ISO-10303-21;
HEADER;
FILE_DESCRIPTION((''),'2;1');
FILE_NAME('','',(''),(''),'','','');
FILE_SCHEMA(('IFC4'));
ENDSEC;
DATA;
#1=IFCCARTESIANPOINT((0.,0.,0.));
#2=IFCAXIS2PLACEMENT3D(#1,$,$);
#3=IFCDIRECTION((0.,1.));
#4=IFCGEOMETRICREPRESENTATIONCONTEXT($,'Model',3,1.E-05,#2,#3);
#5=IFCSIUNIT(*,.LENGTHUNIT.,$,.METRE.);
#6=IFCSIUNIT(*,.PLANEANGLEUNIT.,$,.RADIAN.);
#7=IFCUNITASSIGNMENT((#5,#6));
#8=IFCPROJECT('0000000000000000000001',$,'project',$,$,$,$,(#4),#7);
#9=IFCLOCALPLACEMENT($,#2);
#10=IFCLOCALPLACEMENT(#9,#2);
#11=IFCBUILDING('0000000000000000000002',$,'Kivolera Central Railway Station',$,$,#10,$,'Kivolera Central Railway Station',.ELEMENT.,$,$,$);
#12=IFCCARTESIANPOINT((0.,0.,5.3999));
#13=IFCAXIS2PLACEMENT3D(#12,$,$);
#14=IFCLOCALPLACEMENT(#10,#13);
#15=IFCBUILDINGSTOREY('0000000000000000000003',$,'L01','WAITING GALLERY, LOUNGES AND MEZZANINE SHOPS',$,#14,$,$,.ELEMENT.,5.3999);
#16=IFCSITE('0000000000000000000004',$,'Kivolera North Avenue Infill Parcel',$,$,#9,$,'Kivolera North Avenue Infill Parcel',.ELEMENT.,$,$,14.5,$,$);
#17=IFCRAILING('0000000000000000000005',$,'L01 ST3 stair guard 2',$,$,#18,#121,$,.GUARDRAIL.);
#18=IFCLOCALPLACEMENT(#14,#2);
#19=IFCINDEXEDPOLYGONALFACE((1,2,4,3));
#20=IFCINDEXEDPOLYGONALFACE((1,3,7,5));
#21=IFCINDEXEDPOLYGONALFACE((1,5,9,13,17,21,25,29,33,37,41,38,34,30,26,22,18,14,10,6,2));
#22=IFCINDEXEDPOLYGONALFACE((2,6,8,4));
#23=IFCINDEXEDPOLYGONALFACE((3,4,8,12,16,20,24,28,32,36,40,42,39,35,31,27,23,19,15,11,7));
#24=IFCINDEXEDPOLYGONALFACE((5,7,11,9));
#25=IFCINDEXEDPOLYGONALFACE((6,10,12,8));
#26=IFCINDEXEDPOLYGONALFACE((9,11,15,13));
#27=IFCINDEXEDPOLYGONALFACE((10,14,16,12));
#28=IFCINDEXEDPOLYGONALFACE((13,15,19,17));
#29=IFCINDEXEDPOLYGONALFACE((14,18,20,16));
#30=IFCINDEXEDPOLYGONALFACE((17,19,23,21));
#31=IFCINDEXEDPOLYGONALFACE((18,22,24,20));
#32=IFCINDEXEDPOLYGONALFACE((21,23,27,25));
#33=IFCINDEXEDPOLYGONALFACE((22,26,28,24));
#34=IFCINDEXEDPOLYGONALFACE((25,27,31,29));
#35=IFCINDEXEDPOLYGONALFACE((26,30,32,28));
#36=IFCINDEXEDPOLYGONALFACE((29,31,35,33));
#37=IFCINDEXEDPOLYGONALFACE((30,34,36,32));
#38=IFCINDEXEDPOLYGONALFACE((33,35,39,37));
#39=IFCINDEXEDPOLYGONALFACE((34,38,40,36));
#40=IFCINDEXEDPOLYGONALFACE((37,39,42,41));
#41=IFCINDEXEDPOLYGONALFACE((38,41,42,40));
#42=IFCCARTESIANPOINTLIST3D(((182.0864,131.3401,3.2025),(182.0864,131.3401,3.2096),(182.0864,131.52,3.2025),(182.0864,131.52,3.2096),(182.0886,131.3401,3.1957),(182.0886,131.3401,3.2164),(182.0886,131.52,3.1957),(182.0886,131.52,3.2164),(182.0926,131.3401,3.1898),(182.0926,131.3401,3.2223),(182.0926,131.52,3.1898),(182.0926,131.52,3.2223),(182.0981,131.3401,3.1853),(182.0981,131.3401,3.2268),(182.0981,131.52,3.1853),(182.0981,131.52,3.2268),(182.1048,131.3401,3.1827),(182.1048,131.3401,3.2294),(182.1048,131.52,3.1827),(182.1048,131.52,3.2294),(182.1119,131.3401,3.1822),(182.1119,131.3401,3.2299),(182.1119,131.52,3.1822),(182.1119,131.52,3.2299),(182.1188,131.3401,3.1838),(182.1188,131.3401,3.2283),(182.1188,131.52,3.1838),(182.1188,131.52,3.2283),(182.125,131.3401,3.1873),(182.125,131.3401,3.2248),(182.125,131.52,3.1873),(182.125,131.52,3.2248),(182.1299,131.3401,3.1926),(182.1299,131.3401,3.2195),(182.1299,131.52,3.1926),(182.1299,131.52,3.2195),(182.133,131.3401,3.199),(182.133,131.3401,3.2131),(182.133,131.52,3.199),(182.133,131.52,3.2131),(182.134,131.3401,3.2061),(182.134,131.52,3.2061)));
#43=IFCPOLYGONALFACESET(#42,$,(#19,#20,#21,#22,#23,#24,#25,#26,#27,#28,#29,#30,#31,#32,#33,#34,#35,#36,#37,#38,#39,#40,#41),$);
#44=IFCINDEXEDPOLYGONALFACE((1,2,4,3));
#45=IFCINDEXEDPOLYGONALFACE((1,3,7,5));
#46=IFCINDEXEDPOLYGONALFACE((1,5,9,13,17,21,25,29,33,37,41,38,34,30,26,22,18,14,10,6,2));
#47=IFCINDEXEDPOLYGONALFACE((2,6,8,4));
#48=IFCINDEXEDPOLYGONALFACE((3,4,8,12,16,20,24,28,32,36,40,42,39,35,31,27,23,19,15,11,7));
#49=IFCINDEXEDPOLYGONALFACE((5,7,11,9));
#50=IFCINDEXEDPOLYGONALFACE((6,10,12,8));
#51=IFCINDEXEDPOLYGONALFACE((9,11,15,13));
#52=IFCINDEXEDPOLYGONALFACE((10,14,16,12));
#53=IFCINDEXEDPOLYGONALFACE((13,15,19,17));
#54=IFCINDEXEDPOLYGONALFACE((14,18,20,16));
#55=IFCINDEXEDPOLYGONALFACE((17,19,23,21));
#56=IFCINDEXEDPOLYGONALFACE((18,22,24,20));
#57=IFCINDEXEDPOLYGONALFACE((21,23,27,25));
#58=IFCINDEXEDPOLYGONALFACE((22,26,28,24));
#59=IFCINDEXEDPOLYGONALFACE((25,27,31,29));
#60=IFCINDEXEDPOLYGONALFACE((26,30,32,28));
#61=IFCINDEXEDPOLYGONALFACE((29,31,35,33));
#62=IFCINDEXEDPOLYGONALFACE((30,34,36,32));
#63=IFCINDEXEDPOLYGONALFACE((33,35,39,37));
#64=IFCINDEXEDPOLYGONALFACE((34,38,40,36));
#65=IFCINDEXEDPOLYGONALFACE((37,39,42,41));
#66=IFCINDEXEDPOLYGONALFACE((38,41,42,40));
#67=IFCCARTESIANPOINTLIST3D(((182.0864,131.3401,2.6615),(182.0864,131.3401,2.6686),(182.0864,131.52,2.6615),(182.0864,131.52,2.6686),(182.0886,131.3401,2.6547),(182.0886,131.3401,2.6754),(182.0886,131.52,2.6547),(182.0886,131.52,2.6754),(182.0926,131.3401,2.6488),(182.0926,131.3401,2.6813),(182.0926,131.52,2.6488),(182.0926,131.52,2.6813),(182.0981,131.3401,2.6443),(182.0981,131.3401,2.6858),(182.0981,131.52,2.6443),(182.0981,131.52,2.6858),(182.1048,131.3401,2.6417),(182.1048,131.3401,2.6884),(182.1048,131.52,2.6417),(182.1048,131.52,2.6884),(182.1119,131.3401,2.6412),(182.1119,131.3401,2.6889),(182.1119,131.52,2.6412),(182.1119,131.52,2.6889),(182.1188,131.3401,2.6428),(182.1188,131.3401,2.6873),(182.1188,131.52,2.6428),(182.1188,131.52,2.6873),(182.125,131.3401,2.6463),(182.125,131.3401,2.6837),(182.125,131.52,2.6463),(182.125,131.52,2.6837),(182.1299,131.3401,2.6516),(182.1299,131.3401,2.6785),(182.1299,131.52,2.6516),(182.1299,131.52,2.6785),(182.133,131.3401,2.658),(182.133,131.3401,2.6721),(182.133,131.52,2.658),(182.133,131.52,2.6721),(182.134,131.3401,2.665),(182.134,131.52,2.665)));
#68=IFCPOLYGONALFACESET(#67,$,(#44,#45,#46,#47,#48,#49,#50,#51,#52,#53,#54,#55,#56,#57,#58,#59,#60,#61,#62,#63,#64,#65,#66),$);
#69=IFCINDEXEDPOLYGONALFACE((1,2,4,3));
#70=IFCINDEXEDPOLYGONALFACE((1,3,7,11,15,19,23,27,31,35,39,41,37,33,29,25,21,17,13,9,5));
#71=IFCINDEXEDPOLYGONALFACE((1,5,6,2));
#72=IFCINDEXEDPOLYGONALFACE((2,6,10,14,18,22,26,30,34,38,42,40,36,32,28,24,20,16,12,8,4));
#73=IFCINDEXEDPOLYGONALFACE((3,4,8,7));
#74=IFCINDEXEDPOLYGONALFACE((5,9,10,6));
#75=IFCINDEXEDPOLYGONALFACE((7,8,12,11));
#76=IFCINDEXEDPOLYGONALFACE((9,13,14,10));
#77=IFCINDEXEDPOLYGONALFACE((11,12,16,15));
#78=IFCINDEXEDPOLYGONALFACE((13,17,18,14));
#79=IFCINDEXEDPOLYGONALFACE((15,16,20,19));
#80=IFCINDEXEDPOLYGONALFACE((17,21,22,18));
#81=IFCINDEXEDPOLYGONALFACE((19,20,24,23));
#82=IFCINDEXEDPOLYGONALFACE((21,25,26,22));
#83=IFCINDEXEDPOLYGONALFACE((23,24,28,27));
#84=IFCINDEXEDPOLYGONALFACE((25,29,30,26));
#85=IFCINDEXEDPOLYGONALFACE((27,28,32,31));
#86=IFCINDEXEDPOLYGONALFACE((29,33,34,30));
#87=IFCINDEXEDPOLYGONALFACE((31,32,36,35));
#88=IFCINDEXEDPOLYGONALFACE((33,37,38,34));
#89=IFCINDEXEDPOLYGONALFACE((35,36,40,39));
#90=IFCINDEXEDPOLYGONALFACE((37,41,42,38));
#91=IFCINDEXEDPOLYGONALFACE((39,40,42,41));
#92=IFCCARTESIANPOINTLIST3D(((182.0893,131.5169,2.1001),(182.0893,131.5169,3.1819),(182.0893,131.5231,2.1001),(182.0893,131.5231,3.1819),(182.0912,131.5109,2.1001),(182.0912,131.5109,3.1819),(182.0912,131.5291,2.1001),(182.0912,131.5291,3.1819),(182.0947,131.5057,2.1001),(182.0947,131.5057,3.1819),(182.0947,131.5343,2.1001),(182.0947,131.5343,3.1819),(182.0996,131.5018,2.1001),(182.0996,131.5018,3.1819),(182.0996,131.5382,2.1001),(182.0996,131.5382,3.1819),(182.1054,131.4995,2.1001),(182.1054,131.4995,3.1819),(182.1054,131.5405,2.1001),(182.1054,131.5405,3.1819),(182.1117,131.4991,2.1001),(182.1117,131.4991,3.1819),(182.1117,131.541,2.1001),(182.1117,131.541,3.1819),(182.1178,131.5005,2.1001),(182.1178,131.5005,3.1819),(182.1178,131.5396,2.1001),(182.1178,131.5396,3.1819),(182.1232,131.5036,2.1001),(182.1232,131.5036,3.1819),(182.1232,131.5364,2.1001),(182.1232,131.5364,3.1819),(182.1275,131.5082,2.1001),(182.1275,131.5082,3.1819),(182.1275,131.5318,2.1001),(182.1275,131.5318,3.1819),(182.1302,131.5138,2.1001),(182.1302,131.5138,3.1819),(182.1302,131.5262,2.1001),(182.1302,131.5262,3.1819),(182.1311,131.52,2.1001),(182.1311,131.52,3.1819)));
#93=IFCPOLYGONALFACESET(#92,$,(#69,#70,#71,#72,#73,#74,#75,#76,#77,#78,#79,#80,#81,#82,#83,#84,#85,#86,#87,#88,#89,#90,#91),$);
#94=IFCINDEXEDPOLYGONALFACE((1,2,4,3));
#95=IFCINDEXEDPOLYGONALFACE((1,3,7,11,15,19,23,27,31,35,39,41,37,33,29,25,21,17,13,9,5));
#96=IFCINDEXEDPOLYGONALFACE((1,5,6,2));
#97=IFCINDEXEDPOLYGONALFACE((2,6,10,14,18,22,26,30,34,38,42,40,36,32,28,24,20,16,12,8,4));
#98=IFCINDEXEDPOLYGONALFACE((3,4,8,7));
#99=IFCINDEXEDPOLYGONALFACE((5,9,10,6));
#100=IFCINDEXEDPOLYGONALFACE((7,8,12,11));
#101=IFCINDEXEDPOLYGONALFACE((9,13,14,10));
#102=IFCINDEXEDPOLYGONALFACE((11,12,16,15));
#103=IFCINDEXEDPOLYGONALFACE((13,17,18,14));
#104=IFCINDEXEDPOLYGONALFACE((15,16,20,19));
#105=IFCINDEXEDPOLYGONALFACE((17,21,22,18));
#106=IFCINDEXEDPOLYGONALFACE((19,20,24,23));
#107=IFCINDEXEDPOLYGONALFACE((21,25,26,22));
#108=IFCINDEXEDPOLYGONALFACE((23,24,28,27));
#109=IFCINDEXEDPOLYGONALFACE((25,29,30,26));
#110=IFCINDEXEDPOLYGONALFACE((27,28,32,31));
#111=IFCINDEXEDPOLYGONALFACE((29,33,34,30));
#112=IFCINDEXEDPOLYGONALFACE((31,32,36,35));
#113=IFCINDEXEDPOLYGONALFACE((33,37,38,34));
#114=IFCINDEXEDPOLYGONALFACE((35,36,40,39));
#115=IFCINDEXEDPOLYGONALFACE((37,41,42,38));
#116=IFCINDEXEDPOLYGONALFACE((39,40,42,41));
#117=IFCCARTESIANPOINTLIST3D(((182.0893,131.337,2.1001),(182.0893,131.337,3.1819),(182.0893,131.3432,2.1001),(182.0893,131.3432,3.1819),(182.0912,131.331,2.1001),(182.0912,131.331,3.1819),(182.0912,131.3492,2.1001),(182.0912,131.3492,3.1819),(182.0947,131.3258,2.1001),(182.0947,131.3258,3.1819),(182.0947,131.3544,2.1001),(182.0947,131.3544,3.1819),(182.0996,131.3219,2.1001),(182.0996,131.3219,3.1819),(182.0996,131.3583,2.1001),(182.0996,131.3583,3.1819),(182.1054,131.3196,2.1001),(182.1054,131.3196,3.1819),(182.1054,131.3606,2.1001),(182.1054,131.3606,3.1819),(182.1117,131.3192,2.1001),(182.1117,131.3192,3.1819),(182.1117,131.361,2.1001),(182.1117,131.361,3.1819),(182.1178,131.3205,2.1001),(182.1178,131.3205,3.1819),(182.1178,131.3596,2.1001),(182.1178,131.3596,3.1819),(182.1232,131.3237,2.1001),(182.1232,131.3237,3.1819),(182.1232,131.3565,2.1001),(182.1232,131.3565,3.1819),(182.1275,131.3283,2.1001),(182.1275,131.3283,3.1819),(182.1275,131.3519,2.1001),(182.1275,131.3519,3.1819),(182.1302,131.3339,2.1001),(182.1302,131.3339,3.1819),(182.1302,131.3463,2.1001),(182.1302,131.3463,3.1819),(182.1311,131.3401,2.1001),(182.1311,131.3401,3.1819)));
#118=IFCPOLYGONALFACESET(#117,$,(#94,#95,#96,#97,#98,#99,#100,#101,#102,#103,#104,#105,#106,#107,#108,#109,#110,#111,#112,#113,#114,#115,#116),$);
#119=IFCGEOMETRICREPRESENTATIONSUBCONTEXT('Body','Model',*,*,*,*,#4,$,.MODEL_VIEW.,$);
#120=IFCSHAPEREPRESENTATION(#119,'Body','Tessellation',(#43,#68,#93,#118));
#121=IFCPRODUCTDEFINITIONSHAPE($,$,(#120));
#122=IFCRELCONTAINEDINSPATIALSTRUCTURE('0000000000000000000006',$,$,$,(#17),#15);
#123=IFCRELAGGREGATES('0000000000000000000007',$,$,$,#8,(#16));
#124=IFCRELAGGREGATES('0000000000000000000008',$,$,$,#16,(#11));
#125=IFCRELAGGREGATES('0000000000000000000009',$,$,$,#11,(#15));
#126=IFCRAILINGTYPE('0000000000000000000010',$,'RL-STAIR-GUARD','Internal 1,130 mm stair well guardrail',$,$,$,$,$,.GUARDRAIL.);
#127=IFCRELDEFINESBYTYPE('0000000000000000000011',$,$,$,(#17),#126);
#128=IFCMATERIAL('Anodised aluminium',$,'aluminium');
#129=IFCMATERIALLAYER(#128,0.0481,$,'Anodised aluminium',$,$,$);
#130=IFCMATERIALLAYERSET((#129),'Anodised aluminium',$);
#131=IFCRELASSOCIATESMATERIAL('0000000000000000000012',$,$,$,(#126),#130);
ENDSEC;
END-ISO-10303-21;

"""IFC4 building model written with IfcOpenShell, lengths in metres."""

from ifc_helpers import new_model, si_unit, direction, frame, origin, origin_2d, place, context, subcontext, project, spatial, circle, extrude, material, layer, layer_set, type_object, element, save


model = new_model("IFC4")

# Units and contexts
model_context = context("Model", 3, precision=1e-05, world=origin(), true_north=direction((0.0, 1.0)))
body_context = subcontext(model_context, "Body", "Model", "MODEL_VIEW")
ifc_project = project(units=[si_unit("LENGTHUNIT", "METRE"), si_unit("PLANEANGLEUNIT", "RADIAN")], contexts=[model_context])

# Site, building, storey
site_placement = place(None, origin())
site = spatial("IfcSite", under=ifc_project, at=site_placement, Name="Kivolera North Avenue Infill Parcel", LongName="Kivolera North Avenue Infill Parcel", CompositionType="ELEMENT", RefElevation=14.5)
building_placement = place(site_placement, origin())
building = spatial("IfcBuilding", under=site, at=building_placement, Name="Kivolera Central Railway Station", LongName="Kivolera Central Railway Station", CompositionType="ELEMENT")
storey_placement = place(building_placement, frame((0.0, 0.0, 5.3999)))
storey = spatial("IfcBuildingStorey", under=building, at=storey_placement, Name="L01", Description="WAITING GALLERY, LOUNGES AND MEZZANINE SHOPS", CompositionType="ELEMENT", Elevation=5.3999)

# Shared definitions
ifc_material_1 = material(Name="Anodised aluminium", Category="aluminium")

# Railing
ifc_layer_1 = layer(ifc_material_1, 0.0481, Name="Anodised aluminium")
ifc_layer_set_1 = layer_set([ifc_layer_1], Name="Anodised aluminium")
railing_type_1 = type_object("IfcRailingType", Name="RL-STAIR-GUARD", Description="Internal 1,130 mm stair well guardrail", PredefinedType="GUARDRAIL", material=ifc_layer_set_1)
for number, where, name in (
    (1, (182.1101, 131.52, 2.1001), "L01 ST3 stair guard 2"),
):
    element("IfcRailing", number, at=place(storey_placement, frame(where)), inside=storey, type_object=railing_type_1, Name=name, PredefinedType="GUARDRAIL", context=body_context, shape_type="SweptSolid", body=[
        extrude(circle(Radius=0.0239, at=origin_2d()), frame((0.0, 0.0, 1.106), z_axis=(0.0, -1.0, 0.0), x_axis=(1.0, 0.0, 0.0)), (0.0, 0.0, 1.0), 0.1799),
        extrude(circle(Radius=0.0239, at=origin_2d()), frame((0.0, 0.0, 0.5649), z_axis=(0.0, -1.0, 0.0), x_axis=(1.0, 0.0, 0.0)), (0.0, 0.0, 1.0), 0.1799),
        extrude(circle(Radius=0.021, at=origin_2d()), origin(), (0.0, 0.0, 1.0), 1.0818),
        extrude(circle(Radius=0.021, at=origin_2d()), frame((0.0, -0.1799, 0.0)), (0.0, 0.0, 1.0), 1.0818),
    ])

save(model, "model.ifc")
